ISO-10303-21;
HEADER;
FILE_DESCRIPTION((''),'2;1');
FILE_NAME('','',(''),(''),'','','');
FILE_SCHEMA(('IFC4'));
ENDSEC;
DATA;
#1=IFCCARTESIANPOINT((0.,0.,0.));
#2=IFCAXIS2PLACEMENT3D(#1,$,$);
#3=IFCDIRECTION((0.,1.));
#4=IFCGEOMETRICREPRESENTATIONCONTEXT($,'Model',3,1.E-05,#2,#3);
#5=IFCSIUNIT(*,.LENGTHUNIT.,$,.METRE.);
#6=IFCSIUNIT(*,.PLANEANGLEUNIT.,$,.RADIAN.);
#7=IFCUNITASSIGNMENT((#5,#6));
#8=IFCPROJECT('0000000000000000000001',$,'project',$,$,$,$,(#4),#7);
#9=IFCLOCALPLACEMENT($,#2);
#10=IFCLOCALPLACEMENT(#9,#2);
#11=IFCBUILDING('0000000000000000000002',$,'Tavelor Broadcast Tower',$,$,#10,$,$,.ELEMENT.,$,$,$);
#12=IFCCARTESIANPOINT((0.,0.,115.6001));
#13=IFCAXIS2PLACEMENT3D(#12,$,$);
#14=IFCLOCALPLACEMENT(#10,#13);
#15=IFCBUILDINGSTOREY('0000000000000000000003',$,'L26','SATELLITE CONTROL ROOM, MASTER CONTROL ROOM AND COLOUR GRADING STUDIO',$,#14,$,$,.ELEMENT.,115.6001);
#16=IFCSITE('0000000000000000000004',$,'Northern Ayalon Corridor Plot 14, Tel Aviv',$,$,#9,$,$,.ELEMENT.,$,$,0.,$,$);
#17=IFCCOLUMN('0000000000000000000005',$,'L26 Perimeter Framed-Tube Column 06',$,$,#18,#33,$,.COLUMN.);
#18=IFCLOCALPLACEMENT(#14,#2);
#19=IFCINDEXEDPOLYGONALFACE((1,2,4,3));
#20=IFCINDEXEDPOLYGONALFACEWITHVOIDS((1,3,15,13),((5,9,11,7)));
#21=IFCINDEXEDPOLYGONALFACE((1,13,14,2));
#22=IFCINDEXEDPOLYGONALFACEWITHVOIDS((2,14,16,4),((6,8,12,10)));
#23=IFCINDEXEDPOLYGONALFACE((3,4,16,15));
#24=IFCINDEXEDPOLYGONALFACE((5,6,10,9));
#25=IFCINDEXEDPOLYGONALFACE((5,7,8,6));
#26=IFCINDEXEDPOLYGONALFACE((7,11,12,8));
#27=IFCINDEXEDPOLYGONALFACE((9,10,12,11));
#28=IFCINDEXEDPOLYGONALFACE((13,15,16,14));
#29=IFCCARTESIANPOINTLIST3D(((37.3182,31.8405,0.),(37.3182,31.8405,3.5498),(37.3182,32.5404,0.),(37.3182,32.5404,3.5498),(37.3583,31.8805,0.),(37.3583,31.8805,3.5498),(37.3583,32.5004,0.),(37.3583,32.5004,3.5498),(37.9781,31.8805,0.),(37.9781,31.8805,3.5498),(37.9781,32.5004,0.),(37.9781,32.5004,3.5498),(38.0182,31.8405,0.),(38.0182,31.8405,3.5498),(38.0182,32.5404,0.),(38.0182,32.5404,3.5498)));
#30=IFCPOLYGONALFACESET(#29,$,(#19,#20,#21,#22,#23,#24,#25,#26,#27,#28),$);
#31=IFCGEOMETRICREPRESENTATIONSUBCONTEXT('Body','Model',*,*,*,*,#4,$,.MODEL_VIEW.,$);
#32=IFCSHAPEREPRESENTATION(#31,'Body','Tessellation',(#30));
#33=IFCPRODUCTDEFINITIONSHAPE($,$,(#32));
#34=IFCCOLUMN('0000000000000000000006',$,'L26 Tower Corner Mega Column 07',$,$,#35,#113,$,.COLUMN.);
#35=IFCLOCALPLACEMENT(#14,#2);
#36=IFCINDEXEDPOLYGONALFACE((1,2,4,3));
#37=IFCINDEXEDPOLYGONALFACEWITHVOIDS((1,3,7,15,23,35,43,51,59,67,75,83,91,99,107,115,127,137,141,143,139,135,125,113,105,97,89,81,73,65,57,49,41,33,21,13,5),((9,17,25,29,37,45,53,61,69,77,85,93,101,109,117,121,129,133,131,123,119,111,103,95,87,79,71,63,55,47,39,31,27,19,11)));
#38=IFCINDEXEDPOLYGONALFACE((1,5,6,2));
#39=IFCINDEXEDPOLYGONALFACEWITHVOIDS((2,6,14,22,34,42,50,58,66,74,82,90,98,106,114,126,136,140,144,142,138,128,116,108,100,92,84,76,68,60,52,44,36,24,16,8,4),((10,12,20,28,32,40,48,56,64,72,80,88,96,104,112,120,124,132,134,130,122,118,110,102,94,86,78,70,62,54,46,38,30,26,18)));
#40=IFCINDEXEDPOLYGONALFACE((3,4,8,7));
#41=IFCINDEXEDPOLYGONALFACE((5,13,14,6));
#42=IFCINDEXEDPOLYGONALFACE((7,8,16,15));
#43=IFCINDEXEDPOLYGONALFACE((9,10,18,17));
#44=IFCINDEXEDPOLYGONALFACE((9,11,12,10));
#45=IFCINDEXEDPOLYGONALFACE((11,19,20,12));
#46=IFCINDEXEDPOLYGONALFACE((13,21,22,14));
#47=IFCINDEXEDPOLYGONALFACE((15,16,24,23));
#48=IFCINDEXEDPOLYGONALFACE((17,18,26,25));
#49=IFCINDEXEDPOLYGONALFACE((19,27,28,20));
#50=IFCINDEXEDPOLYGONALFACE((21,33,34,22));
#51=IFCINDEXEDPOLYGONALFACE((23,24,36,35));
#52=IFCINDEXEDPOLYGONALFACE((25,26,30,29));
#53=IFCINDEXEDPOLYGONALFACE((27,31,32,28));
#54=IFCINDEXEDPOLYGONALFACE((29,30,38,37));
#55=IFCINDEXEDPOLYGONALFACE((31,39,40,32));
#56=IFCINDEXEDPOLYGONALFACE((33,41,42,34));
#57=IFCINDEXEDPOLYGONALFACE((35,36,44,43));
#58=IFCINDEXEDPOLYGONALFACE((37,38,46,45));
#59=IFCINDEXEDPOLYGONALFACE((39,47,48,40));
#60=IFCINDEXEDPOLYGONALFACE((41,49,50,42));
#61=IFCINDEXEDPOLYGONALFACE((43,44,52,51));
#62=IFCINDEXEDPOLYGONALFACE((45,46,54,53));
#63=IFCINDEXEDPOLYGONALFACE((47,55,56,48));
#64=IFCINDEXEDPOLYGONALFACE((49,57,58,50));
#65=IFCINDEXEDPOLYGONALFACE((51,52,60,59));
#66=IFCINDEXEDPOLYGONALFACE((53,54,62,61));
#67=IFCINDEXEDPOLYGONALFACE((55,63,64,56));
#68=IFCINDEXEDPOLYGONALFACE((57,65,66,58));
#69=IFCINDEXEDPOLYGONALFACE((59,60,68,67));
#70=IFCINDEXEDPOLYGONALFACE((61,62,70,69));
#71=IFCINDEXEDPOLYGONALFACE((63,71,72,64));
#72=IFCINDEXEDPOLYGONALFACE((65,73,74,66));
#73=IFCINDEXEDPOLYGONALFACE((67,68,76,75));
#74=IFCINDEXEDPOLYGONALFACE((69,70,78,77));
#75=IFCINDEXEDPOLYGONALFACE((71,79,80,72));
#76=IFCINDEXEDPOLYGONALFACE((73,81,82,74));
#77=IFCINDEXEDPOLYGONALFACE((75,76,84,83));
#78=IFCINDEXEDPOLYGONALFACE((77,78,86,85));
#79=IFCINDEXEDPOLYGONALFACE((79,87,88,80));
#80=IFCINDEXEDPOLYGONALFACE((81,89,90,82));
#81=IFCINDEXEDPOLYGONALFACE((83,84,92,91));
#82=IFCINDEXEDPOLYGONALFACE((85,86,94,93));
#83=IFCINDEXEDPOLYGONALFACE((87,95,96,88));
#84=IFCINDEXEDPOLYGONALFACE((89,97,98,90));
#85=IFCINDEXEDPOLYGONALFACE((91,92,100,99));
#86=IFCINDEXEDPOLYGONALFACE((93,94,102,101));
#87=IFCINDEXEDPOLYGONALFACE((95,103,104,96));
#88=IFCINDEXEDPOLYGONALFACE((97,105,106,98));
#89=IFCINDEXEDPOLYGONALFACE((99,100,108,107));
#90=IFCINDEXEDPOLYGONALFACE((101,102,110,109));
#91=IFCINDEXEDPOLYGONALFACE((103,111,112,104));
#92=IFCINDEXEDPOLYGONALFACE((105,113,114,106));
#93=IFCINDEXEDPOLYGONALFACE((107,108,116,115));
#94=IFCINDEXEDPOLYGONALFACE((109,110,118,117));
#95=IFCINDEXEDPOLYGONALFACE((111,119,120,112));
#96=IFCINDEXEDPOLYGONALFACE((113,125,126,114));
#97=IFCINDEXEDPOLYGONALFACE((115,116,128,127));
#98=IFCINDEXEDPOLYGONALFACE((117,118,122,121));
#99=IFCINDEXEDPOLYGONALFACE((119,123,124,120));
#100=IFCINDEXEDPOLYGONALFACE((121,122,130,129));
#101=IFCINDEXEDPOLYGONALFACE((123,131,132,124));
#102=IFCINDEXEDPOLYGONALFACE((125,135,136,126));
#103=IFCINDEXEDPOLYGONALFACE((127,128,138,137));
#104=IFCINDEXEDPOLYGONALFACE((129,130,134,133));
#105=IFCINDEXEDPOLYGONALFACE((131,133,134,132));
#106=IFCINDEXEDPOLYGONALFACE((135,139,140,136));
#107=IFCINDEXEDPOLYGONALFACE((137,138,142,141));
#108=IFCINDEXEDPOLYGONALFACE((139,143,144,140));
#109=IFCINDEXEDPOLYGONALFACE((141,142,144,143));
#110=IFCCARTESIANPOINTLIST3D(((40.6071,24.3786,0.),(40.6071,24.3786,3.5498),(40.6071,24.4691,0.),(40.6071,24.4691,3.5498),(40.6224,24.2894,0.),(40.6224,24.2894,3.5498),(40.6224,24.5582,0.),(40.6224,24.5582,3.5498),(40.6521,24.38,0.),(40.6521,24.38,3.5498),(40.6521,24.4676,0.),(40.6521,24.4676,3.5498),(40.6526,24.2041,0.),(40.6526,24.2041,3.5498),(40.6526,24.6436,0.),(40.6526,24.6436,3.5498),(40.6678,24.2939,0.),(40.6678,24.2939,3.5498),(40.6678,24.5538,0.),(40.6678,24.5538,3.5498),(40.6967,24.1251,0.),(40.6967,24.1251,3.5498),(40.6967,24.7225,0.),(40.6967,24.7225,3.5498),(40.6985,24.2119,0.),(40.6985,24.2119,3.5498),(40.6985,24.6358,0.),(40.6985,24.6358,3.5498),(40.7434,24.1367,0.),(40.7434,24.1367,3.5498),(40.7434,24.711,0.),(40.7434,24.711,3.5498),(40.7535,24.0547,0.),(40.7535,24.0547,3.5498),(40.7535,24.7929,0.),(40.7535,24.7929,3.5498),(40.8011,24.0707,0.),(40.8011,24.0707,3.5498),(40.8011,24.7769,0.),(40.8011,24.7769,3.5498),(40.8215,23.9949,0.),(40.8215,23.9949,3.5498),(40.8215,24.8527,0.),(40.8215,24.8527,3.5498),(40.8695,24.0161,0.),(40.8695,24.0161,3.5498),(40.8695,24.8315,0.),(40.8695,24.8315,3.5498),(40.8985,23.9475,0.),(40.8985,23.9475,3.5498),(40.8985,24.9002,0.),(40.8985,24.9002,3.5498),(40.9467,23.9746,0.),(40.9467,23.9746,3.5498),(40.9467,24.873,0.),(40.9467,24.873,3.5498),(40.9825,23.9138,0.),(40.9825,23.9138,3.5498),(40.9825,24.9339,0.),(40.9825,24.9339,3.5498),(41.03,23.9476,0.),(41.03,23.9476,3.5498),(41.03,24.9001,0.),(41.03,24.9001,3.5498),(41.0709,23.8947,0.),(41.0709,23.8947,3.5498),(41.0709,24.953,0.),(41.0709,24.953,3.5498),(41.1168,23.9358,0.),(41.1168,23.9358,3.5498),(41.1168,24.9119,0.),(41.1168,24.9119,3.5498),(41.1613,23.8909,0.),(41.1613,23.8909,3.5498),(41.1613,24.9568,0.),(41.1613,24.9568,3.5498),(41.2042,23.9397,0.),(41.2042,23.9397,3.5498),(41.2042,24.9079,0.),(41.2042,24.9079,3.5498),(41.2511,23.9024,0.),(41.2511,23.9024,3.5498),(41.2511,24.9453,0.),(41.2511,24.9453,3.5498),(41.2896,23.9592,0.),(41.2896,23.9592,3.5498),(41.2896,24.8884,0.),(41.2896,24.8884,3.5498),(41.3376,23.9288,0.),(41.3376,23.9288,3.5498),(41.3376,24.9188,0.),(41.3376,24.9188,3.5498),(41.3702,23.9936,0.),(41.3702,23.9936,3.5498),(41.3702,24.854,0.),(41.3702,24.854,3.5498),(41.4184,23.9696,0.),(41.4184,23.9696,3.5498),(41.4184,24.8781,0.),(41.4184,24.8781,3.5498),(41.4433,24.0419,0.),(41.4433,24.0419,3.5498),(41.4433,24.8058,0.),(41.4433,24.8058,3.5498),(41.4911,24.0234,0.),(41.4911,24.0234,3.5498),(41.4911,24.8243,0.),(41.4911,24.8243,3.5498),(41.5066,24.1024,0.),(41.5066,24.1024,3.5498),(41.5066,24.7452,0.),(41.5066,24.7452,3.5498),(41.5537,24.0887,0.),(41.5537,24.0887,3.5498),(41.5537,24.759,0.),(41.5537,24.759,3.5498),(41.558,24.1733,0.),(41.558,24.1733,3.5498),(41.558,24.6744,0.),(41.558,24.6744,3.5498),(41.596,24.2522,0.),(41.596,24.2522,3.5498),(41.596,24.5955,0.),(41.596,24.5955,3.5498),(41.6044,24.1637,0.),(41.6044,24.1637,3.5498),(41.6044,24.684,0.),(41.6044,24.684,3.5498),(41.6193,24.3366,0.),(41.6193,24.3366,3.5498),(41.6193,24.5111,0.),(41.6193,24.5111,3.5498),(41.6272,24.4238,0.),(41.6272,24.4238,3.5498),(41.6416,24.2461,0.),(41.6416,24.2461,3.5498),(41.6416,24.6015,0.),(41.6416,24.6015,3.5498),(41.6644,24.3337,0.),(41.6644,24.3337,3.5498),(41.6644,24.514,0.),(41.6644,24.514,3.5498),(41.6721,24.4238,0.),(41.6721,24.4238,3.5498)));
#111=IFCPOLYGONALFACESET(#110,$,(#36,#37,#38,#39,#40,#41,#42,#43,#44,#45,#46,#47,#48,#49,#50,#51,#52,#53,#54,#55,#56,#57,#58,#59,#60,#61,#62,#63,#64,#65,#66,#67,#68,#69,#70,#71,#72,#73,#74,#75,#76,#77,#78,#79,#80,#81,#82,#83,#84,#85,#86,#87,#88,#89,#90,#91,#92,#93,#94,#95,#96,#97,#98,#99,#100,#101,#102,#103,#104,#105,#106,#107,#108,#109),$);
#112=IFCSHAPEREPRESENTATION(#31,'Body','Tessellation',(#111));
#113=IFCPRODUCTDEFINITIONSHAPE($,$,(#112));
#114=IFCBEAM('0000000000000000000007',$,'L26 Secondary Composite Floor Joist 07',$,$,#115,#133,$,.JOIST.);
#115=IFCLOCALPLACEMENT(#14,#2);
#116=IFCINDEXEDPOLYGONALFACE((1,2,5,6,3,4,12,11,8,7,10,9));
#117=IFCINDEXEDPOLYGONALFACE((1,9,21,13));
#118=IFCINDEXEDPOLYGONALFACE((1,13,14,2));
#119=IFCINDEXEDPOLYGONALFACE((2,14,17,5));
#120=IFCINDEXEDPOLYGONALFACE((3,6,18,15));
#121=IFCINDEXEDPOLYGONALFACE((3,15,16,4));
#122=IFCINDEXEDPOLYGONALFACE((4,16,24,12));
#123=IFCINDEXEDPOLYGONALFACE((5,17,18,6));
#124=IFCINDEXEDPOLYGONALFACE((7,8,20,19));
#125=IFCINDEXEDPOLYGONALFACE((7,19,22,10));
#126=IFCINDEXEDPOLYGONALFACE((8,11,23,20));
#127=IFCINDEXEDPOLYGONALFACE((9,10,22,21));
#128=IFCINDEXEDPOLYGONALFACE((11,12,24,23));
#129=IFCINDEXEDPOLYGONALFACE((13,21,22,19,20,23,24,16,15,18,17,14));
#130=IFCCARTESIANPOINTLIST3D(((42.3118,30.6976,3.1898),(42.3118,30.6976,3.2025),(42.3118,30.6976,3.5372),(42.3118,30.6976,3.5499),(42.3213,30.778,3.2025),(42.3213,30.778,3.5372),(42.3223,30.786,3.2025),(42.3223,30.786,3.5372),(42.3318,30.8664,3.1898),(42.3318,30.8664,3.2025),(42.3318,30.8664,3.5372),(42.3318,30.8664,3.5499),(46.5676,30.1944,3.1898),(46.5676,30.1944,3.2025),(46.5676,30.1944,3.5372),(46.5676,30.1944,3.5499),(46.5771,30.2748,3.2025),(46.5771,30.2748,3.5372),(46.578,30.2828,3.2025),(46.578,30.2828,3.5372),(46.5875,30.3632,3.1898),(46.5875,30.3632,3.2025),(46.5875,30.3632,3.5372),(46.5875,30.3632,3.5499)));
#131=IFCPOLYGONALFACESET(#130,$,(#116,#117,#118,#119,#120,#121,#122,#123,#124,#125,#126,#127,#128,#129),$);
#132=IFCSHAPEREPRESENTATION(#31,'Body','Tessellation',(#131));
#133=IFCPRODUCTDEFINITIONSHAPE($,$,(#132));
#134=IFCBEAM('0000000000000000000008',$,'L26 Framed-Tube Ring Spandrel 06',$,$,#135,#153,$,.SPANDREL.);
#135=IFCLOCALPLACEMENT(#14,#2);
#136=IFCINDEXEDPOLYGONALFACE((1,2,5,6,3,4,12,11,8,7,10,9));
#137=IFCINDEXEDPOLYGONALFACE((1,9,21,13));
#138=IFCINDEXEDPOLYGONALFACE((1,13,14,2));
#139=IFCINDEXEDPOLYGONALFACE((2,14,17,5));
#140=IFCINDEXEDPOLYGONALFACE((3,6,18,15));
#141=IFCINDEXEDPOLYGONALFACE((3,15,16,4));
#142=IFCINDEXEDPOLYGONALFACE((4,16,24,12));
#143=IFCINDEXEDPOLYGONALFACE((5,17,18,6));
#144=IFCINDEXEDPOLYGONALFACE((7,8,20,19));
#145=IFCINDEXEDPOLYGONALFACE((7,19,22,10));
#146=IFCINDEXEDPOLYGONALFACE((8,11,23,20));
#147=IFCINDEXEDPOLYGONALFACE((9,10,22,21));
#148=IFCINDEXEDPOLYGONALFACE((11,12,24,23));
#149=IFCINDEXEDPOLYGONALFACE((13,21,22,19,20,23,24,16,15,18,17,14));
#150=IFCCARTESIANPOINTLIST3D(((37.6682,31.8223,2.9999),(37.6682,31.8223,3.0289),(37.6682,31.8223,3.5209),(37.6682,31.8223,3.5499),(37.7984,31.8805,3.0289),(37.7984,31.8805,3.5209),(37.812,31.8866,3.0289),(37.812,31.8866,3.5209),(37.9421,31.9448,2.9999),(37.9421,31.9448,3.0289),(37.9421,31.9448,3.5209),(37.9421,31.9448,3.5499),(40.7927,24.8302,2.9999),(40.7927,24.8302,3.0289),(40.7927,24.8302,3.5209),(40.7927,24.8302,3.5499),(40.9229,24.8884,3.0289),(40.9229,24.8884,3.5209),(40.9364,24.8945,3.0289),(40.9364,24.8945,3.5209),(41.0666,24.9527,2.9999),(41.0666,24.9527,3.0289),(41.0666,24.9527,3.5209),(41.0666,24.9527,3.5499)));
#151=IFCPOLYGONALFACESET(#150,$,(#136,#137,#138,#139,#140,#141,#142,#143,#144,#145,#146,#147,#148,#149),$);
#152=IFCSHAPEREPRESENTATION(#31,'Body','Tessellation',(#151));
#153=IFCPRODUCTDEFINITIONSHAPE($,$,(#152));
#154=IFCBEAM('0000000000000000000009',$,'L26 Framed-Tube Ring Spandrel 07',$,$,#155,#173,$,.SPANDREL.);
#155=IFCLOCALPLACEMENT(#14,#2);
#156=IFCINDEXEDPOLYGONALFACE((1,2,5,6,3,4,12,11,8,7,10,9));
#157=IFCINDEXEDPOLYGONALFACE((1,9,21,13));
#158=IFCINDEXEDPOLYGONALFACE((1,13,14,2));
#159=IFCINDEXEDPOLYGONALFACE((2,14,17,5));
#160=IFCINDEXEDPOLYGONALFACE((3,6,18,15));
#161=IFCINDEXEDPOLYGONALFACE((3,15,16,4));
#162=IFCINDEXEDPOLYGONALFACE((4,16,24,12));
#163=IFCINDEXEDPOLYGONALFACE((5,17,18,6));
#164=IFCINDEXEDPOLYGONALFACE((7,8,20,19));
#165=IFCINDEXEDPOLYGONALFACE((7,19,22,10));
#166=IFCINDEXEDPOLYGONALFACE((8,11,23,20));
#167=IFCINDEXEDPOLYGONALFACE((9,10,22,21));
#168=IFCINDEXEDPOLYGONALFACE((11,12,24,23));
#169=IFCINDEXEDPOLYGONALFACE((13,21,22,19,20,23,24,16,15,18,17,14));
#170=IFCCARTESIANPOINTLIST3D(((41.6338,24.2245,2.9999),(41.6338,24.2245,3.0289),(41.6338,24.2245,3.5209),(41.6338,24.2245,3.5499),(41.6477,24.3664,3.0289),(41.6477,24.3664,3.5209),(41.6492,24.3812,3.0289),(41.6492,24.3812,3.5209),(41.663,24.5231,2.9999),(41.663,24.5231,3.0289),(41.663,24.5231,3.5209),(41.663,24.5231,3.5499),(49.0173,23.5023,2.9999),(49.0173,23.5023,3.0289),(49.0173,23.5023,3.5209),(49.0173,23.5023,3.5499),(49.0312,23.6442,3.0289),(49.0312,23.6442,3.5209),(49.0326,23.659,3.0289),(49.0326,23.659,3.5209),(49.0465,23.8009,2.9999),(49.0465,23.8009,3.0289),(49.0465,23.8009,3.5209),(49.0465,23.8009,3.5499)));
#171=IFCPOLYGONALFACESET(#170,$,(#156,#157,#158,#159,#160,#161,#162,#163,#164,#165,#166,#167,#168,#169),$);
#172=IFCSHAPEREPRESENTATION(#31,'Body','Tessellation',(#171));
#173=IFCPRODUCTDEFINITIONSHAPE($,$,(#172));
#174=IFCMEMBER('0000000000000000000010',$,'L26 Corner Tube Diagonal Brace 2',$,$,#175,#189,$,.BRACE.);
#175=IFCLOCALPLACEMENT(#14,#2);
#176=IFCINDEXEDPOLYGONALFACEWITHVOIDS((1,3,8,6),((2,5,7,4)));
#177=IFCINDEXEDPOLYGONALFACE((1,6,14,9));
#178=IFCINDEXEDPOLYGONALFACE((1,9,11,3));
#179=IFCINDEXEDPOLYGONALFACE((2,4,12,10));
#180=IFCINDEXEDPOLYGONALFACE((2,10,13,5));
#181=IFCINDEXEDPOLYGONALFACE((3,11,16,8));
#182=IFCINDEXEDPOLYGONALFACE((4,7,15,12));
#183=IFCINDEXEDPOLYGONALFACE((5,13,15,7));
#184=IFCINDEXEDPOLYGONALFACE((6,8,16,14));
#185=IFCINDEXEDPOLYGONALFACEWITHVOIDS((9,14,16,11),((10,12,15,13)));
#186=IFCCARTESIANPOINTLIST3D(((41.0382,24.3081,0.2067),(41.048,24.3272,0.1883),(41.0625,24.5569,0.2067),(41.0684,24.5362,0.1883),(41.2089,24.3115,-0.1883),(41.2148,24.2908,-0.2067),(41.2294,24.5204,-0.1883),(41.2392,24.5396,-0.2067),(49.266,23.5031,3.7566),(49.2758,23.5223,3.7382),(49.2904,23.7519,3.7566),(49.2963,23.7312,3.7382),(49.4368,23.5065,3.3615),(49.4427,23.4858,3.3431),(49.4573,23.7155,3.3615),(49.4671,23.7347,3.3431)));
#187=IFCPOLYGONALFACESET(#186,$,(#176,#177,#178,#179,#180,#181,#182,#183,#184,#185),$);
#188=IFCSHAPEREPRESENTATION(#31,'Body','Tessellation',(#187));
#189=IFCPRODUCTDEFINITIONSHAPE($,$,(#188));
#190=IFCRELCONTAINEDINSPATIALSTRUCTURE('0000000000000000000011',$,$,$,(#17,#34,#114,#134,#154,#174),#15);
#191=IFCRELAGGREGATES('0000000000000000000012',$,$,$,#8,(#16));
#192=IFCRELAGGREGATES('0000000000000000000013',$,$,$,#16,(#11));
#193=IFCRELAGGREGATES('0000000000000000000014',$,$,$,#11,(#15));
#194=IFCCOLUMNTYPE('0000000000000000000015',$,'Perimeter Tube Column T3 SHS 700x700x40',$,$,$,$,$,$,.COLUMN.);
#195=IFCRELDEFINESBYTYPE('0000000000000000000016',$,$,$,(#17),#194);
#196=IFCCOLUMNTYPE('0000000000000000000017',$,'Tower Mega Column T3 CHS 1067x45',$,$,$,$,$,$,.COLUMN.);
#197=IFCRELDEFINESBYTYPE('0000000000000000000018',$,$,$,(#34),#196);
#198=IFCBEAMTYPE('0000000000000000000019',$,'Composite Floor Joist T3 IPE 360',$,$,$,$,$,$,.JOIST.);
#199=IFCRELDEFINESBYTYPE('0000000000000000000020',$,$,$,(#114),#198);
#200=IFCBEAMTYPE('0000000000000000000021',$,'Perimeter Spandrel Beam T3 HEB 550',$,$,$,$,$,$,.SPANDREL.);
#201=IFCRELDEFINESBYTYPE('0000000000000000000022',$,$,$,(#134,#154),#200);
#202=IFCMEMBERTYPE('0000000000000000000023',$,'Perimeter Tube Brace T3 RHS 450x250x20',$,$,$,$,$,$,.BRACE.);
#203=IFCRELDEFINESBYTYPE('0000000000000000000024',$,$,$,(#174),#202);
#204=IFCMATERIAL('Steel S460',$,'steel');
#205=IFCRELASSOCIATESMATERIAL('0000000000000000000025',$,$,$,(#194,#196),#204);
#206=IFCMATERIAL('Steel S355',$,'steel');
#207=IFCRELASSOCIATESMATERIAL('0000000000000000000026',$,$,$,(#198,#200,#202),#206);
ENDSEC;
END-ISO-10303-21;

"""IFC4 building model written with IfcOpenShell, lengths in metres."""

from ifc_helpers import new_model, si_unit, direction, frame, origin, origin_2d, place, context, subcontext, project, spatial, hollow_rectangle, hollow_circle, i_section, extrude, material, material_profile, profile_set, type_object, element, save


model = new_model("IFC4")

# Units and contexts
model_context = context("Model", 3, precision=1e-05, world=origin(), true_north=direction((0.0, 1.0)))
body_context = subcontext(model_context, "Body", "Model", "MODEL_VIEW")
ifc_project = project(units=[si_unit("LENGTHUNIT", "METRE"), si_unit("PLANEANGLEUNIT", "RADIAN")], contexts=[model_context])

# Site, building, storey
site_placement = place(None, origin())
site = spatial("IfcSite", under=ifc_project, at=site_placement, Name="Northern Ayalon Corridor Plot 14, Tel Aviv", CompositionType="ELEMENT", RefElevation=0.0)
building_placement = place(site_placement, origin())
building = spatial("IfcBuilding", under=site, at=building_placement, Name="Tavelor Broadcast Tower", CompositionType="ELEMENT")
storey_placement = place(building_placement, frame((0.0, 0.0, 115.6001)))
storey = spatial("IfcBuildingStorey", under=building, at=storey_placement, Name="L26", Description="SATELLITE CONTROL ROOM, MASTER CONTROL ROOM AND COLOUR GRADING STUDIO", CompositionType="ELEMENT", Elevation=115.6001)

# Columns
ifc_material_1 = material(Name="Steel S460", Category="steel")
ifc_material_profile_1 = material_profile(ifc_material_1, hollow_rectangle(XDim=0.7, YDim=0.7, WallThickness=0.04, at=origin_2d()), Name="SHS 700x700x40")
ifc_profile_set_1 = profile_set([ifc_material_profile_1], Name="Steel S460")
column_type_1 = type_object("IfcColumnType", Name="Perimeter Tube Column T3 SHS 700x700x40", PredefinedType="COLUMN", material=ifc_profile_set_1)
column_1_placement = place(storey_placement, frame((37.6682, 32.1904, 0.0), z_axis=(0.0, 0.0, 1.0), x_axis=(1.0, 0.0, 0.0)))
element("IfcColumn", 1, at=column_1_placement, inside=storey, type_object=column_type_1, Name="L26 Perimeter Framed-Tube Column 06", PredefinedType="COLUMN", context=body_context, shape_type="SweptSolid", body=[
    extrude(hollow_rectangle(XDim=0.7, YDim=0.7, WallThickness=0.04, at=origin_2d()), origin(), (0.0, 0.0, 1.0), 3.5498),
])
ifc_material_profile_2 = material_profile(ifc_material_1, hollow_circle(Radius=0.5334, WallThickness=0.0449, at=origin_2d()), Name="CHS 1067x45")
ifc_profile_set_2 = profile_set([ifc_material_profile_2], Name="Steel S460")
column_type_2 = type_object("IfcColumnType", Name="Tower Mega Column T3 CHS 1067x45", PredefinedType="COLUMN", material=ifc_profile_set_2)
column_2_placement = place(storey_placement, frame((41.1387, 24.4238, 0.0), z_axis=(0.0, 0.0, 1.0), x_axis=(1.0, 0.0, 0.0)))
element("IfcColumn", 2, at=column_2_placement, inside=storey, type_object=column_type_2, Name="L26 Tower Corner Mega Column 07", PredefinedType="COLUMN", context=body_context, shape_type="SweptSolid", body=[
    extrude(hollow_circle(Radius=0.5334, WallThickness=0.0449, at=origin_2d()), origin(), (0.0, 0.0, 1.0), 3.5498),
])

# Beams
ifc_material_2 = material(Name="Steel S355", Category="steel")
ifc_material_profile_3 = material_profile(ifc_material_2, i_section(OverallWidth=0.1699, OverallDepth=0.3601, WebThickness=0.0081, FlangeThickness=0.0127, at=origin_2d()), Name="IPE 360")
ifc_profile_set_3 = profile_set([ifc_material_profile_3], Name="Steel S355")
beam_type_1 = type_object("IfcBeamType", Name="Composite Floor Joist T3 IPE 360", PredefinedType="JOIST", material=ifc_profile_set_3)
beam_1_placement = place(storey_placement, frame((42.3218, 30.782, 3.3699), z_axis=(0.993083, -0.117413, 0.0), x_axis=(0.117413, 0.993083, 0.0)))
element("IfcBeam", 3, at=beam_1_placement, inside=storey, type_object=beam_type_1, Name="L26 Secondary Composite Floor Joist 07", PredefinedType="JOIST", context=body_context, shape_type="SweptSolid", body=[
    extrude(i_section(OverallWidth=0.1699, OverallDepth=0.3601, WebThickness=0.0081, FlangeThickness=0.0127, at=origin_2d()), origin(), (0.0, 0.0, 1.0), 4.2854),
])
ifc_material_profile_4 = material_profile(ifc_material_2, i_section(OverallWidth=0.3, OverallDepth=0.55, WebThickness=0.0149, FlangeThickness=0.0291, at=origin_2d()), Name="HEB 550")
ifc_profile_set_4 = profile_set([ifc_material_profile_4], Name="Steel S355")
beam_type_2 = type_object("IfcBeamType", Name="Perimeter Spandrel Beam T3 HEB 550", PredefinedType="SPANDREL", material=ifc_profile_set_4)
beam_2_placement = place(storey_placement, frame((37.8052, 31.8835, 3.2749), z_axis=(0.407977, -0.912992, 0.0), x_axis=(0.912992, 0.407977, 0.0)))
element("IfcBeam", 4, at=beam_2_placement, inside=storey, type_object=beam_type_2, Name="L26 Framed-Tube Ring Spandrel 06", PredefinedType="SPANDREL", context=body_context, shape_type="SweptSolid", body=[
    extrude(i_section(OverallWidth=0.3, OverallDepth=0.55, WebThickness=0.0149, FlangeThickness=0.0291, at=origin_2d()), origin(), (0.0, 0.0, 1.0), 7.6584),
])
beam_3_placement = place(storey_placement, frame((41.6484, 24.3738, 3.2749), z_axis=(0.995251, -0.097343, 0.0), x_axis=(0.097343, 0.995251, 0.0)))
element("IfcBeam", 5, at=beam_3_placement, inside=storey, type_object=beam_type_2, Name="L26 Framed-Tube Ring Spandrel 07", PredefinedType="SPANDREL", context=body_context, shape_type="SweptSolid", body=[
    extrude(i_section(OverallWidth=0.3, OverallDepth=0.55, WebThickness=0.0149, FlangeThickness=0.0291, at=origin_2d()), origin(), (0.0, 0.0, 1.0), 7.4187),
])

# Member
ifc_material_profile_5 = material_profile(ifc_material_2, hollow_rectangle(XDim=0.25, YDim=0.45, WallThickness=0.02, at=origin_2d()), Name="RHS 450x250x20")
ifc_profile_set_5 = profile_set([ifc_material_profile_5], Name="Steel S355")
member_type_1 = type_object("IfcMemberType", Name="Perimeter Tube Brace T3 RHS 450x250x20", PredefinedType="BRACE", material=ifc_profile_set_5)
member_1_placement = place(storey_placement, frame((41.1387, 24.4238, 0.0), z_axis=(0.914506, -0.089467, 0.394556), x_axis=(0.097366, 0.995249, 0.0)))
element("IfcMember", 6, at=member_1_placement, inside=storey, type_object=member_type_1, Name="L26 Corner Tube Diagonal Brace 2", PredefinedType="BRACE", context=body_context, shape_type="SweptSolid", body=[
    extrude(hollow_rectangle(XDim=0.25, YDim=0.45, WallThickness=0.02, at=origin_2d()), origin(), (0.0, 0.0, 1.0), 8.9971),
])

save(model, "model.ifc")
